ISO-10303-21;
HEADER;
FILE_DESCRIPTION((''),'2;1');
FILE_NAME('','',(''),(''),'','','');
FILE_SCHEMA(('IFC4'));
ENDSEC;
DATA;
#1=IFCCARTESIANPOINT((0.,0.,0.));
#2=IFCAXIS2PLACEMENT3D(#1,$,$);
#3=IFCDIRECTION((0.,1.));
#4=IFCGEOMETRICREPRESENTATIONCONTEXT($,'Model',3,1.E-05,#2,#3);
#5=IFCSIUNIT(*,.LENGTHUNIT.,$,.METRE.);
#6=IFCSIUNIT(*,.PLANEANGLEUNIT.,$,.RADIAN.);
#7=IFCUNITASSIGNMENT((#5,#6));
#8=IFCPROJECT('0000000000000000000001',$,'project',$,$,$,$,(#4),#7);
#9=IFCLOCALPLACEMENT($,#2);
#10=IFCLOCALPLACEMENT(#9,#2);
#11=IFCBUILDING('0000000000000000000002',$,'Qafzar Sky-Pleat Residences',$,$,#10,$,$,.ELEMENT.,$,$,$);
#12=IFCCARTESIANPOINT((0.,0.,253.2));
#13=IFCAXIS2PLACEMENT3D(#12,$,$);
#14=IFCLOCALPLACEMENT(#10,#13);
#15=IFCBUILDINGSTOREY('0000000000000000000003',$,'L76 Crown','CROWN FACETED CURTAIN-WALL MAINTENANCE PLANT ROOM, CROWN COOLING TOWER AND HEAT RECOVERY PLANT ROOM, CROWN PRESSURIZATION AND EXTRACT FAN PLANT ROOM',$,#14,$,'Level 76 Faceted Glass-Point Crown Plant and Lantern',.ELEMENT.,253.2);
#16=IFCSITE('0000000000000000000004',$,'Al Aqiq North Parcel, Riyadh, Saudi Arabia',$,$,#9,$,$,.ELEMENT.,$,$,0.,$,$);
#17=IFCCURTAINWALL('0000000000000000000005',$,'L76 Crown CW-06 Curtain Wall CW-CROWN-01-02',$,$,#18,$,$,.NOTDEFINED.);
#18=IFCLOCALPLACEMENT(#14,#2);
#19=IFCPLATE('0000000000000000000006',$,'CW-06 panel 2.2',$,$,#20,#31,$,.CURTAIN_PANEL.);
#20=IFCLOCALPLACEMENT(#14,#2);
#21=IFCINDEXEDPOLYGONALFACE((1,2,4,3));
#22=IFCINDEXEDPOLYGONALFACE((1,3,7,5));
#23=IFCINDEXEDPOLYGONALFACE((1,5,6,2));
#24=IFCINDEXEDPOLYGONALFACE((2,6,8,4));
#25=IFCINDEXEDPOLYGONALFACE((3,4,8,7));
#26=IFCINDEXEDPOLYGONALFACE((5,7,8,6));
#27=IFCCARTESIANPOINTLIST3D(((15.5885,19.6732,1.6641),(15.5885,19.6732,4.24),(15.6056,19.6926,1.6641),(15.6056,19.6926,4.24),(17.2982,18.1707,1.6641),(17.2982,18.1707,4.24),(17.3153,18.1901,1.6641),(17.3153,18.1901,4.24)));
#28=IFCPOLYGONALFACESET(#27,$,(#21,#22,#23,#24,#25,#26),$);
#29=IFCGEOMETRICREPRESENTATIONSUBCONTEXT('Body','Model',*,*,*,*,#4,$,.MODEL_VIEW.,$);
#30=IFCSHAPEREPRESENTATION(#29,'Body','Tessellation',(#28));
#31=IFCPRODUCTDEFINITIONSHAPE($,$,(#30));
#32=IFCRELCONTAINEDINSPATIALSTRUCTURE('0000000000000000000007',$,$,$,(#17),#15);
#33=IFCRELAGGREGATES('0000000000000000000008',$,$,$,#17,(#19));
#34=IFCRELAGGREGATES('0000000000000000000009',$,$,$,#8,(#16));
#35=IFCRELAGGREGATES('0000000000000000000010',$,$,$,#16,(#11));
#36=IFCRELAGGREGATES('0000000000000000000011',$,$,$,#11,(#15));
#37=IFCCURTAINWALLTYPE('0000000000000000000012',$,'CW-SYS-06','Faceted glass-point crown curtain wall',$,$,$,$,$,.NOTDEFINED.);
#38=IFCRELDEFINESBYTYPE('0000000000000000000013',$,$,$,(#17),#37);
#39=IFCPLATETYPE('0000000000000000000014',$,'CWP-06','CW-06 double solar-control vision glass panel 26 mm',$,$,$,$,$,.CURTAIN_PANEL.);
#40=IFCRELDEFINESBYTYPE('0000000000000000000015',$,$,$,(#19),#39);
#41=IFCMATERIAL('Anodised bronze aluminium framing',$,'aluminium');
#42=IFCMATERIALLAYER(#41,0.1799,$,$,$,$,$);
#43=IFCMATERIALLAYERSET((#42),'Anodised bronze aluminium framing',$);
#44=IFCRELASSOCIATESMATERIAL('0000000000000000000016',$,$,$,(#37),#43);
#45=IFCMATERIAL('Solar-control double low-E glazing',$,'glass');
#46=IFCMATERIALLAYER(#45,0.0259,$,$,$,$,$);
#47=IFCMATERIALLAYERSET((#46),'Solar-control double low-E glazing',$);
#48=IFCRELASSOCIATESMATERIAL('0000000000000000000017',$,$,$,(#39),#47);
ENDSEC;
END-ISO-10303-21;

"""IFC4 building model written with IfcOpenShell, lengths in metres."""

from ifc_helpers import new_model, si_unit, direction, frame, origin, origin_2d, place, context, subcontext, project, spatial, rectangle, extrude, source, transform, mapped, material, layer, layer_set, type_object, element, aggregate, save


model = new_model("IFC4")

# Units and contexts
model_context = context("Model", 3, precision=1e-05, world=origin(), true_north=direction((0.0, 1.0)))
body_context = subcontext(model_context, "Body", "Model", "MODEL_VIEW")
ifc_project = project(units=[si_unit("LENGTHUNIT", "METRE"), si_unit("PLANEANGLEUNIT", "RADIAN")], contexts=[model_context])

# Site, building, storey
site_placement = place(None, origin())
site = spatial("IfcSite", under=ifc_project, at=site_placement, Name="Al Aqiq North Parcel, Riyadh, Saudi Arabia", CompositionType="ELEMENT", RefElevation=0.0)
building_placement = place(site_placement, origin())
building = spatial("IfcBuilding", under=site, at=building_placement, Name="Qafzar Sky-Pleat Residences", CompositionType="ELEMENT")
storey_placement = place(building_placement, frame((0.0, 0.0, 253.2)))
storey = spatial("IfcBuildingStorey", under=building, at=storey_placement, Name="L76 Crown", Description="CROWN FACETED CURTAIN-WALL MAINTENANCE PLANT ROOM, CROWN COOLING TOWER AND HEAT RECOVERY PLANT ROOM, CROWN PRESSURIZATION AND EXTRACT FAN PLANT ROOM", LongName="Level 76 Faceted Glass-Point Crown Plant and Lantern", CompositionType="ELEMENT", Elevation=253.2)

# Curtain wall
ifc_material_1 = material(Name="Anodised bronze aluminium framing", Category="aluminium")
ifc_layer_1 = layer(ifc_material_1, 0.1799)
ifc_layer_set_1 = layer_set([ifc_layer_1], Name="Anodised bronze aluminium framing")
curtain_wall_type = type_object("IfcCurtainWallType", Name="CW-SYS-06", Description="Faceted glass-point crown curtain wall", PredefinedType="NOTDEFINED", material=ifc_layer_set_1)
curtain_wall_1_placement = place(storey_placement, origin())
curtain_wall_1 = element("IfcCurtainWall", 1, at=curtain_wall_1_placement, inside=storey, type_object=curtain_wall_type, Name="L76 Crown CW-06 Curtain Wall CW-CROWN-01-02", PredefinedType="NOTDEFINED")

# Plate
ifc_material_2 = material(Name="Solar-control double low-E glazing", Category="glass")
ifc_layer_2 = layer(ifc_material_2, 0.0259)
ifc_layer_set_2 = layer_set([ifc_layer_2], Name="Solar-control double low-E glazing")
plate_type = type_object("IfcPlateType", Name="CWP-06", Description="CW-06 double solar-control vision glass panel 26 mm", PredefinedType="CURTAIN_PANEL", material=ifc_layer_set_2)
shared_shape_1 = source(origin(), body_context, "Body", "SweptSolid", [
    extrude(rectangle(XDim=2.2761, YDim=0.0259, at=origin_2d()), origin(), (0.0, 0.0, 1.0), 2.5759),
])
plate_1_placement = place(storey_placement, frame((16.4519, 18.9316, 1.6641), z_axis=(0.0, 0.0, 1.0), x_axis=(0.751152, -0.660129, 0.0)))
plate_1 = element("IfcPlate", 2, at=plate_1_placement, type_object=plate_type, Name="CW-06 panel 2.2", PredefinedType="CURTAIN_PANEL", context=body_context, shape_type="MappedRepresentation", body=[
    mapped(shared_shape_1, transform((0.0, 0.0, 0.0), x_axis=(1.0, 0.0, 0.0), y_axis=(0.0, 1.0, 0.0), z_axis=(0.0, 0.0, 1.0), scale=1.0)),
])
aggregate(curtain_wall_1, [plate_1])

save(model, "model.ifc")
